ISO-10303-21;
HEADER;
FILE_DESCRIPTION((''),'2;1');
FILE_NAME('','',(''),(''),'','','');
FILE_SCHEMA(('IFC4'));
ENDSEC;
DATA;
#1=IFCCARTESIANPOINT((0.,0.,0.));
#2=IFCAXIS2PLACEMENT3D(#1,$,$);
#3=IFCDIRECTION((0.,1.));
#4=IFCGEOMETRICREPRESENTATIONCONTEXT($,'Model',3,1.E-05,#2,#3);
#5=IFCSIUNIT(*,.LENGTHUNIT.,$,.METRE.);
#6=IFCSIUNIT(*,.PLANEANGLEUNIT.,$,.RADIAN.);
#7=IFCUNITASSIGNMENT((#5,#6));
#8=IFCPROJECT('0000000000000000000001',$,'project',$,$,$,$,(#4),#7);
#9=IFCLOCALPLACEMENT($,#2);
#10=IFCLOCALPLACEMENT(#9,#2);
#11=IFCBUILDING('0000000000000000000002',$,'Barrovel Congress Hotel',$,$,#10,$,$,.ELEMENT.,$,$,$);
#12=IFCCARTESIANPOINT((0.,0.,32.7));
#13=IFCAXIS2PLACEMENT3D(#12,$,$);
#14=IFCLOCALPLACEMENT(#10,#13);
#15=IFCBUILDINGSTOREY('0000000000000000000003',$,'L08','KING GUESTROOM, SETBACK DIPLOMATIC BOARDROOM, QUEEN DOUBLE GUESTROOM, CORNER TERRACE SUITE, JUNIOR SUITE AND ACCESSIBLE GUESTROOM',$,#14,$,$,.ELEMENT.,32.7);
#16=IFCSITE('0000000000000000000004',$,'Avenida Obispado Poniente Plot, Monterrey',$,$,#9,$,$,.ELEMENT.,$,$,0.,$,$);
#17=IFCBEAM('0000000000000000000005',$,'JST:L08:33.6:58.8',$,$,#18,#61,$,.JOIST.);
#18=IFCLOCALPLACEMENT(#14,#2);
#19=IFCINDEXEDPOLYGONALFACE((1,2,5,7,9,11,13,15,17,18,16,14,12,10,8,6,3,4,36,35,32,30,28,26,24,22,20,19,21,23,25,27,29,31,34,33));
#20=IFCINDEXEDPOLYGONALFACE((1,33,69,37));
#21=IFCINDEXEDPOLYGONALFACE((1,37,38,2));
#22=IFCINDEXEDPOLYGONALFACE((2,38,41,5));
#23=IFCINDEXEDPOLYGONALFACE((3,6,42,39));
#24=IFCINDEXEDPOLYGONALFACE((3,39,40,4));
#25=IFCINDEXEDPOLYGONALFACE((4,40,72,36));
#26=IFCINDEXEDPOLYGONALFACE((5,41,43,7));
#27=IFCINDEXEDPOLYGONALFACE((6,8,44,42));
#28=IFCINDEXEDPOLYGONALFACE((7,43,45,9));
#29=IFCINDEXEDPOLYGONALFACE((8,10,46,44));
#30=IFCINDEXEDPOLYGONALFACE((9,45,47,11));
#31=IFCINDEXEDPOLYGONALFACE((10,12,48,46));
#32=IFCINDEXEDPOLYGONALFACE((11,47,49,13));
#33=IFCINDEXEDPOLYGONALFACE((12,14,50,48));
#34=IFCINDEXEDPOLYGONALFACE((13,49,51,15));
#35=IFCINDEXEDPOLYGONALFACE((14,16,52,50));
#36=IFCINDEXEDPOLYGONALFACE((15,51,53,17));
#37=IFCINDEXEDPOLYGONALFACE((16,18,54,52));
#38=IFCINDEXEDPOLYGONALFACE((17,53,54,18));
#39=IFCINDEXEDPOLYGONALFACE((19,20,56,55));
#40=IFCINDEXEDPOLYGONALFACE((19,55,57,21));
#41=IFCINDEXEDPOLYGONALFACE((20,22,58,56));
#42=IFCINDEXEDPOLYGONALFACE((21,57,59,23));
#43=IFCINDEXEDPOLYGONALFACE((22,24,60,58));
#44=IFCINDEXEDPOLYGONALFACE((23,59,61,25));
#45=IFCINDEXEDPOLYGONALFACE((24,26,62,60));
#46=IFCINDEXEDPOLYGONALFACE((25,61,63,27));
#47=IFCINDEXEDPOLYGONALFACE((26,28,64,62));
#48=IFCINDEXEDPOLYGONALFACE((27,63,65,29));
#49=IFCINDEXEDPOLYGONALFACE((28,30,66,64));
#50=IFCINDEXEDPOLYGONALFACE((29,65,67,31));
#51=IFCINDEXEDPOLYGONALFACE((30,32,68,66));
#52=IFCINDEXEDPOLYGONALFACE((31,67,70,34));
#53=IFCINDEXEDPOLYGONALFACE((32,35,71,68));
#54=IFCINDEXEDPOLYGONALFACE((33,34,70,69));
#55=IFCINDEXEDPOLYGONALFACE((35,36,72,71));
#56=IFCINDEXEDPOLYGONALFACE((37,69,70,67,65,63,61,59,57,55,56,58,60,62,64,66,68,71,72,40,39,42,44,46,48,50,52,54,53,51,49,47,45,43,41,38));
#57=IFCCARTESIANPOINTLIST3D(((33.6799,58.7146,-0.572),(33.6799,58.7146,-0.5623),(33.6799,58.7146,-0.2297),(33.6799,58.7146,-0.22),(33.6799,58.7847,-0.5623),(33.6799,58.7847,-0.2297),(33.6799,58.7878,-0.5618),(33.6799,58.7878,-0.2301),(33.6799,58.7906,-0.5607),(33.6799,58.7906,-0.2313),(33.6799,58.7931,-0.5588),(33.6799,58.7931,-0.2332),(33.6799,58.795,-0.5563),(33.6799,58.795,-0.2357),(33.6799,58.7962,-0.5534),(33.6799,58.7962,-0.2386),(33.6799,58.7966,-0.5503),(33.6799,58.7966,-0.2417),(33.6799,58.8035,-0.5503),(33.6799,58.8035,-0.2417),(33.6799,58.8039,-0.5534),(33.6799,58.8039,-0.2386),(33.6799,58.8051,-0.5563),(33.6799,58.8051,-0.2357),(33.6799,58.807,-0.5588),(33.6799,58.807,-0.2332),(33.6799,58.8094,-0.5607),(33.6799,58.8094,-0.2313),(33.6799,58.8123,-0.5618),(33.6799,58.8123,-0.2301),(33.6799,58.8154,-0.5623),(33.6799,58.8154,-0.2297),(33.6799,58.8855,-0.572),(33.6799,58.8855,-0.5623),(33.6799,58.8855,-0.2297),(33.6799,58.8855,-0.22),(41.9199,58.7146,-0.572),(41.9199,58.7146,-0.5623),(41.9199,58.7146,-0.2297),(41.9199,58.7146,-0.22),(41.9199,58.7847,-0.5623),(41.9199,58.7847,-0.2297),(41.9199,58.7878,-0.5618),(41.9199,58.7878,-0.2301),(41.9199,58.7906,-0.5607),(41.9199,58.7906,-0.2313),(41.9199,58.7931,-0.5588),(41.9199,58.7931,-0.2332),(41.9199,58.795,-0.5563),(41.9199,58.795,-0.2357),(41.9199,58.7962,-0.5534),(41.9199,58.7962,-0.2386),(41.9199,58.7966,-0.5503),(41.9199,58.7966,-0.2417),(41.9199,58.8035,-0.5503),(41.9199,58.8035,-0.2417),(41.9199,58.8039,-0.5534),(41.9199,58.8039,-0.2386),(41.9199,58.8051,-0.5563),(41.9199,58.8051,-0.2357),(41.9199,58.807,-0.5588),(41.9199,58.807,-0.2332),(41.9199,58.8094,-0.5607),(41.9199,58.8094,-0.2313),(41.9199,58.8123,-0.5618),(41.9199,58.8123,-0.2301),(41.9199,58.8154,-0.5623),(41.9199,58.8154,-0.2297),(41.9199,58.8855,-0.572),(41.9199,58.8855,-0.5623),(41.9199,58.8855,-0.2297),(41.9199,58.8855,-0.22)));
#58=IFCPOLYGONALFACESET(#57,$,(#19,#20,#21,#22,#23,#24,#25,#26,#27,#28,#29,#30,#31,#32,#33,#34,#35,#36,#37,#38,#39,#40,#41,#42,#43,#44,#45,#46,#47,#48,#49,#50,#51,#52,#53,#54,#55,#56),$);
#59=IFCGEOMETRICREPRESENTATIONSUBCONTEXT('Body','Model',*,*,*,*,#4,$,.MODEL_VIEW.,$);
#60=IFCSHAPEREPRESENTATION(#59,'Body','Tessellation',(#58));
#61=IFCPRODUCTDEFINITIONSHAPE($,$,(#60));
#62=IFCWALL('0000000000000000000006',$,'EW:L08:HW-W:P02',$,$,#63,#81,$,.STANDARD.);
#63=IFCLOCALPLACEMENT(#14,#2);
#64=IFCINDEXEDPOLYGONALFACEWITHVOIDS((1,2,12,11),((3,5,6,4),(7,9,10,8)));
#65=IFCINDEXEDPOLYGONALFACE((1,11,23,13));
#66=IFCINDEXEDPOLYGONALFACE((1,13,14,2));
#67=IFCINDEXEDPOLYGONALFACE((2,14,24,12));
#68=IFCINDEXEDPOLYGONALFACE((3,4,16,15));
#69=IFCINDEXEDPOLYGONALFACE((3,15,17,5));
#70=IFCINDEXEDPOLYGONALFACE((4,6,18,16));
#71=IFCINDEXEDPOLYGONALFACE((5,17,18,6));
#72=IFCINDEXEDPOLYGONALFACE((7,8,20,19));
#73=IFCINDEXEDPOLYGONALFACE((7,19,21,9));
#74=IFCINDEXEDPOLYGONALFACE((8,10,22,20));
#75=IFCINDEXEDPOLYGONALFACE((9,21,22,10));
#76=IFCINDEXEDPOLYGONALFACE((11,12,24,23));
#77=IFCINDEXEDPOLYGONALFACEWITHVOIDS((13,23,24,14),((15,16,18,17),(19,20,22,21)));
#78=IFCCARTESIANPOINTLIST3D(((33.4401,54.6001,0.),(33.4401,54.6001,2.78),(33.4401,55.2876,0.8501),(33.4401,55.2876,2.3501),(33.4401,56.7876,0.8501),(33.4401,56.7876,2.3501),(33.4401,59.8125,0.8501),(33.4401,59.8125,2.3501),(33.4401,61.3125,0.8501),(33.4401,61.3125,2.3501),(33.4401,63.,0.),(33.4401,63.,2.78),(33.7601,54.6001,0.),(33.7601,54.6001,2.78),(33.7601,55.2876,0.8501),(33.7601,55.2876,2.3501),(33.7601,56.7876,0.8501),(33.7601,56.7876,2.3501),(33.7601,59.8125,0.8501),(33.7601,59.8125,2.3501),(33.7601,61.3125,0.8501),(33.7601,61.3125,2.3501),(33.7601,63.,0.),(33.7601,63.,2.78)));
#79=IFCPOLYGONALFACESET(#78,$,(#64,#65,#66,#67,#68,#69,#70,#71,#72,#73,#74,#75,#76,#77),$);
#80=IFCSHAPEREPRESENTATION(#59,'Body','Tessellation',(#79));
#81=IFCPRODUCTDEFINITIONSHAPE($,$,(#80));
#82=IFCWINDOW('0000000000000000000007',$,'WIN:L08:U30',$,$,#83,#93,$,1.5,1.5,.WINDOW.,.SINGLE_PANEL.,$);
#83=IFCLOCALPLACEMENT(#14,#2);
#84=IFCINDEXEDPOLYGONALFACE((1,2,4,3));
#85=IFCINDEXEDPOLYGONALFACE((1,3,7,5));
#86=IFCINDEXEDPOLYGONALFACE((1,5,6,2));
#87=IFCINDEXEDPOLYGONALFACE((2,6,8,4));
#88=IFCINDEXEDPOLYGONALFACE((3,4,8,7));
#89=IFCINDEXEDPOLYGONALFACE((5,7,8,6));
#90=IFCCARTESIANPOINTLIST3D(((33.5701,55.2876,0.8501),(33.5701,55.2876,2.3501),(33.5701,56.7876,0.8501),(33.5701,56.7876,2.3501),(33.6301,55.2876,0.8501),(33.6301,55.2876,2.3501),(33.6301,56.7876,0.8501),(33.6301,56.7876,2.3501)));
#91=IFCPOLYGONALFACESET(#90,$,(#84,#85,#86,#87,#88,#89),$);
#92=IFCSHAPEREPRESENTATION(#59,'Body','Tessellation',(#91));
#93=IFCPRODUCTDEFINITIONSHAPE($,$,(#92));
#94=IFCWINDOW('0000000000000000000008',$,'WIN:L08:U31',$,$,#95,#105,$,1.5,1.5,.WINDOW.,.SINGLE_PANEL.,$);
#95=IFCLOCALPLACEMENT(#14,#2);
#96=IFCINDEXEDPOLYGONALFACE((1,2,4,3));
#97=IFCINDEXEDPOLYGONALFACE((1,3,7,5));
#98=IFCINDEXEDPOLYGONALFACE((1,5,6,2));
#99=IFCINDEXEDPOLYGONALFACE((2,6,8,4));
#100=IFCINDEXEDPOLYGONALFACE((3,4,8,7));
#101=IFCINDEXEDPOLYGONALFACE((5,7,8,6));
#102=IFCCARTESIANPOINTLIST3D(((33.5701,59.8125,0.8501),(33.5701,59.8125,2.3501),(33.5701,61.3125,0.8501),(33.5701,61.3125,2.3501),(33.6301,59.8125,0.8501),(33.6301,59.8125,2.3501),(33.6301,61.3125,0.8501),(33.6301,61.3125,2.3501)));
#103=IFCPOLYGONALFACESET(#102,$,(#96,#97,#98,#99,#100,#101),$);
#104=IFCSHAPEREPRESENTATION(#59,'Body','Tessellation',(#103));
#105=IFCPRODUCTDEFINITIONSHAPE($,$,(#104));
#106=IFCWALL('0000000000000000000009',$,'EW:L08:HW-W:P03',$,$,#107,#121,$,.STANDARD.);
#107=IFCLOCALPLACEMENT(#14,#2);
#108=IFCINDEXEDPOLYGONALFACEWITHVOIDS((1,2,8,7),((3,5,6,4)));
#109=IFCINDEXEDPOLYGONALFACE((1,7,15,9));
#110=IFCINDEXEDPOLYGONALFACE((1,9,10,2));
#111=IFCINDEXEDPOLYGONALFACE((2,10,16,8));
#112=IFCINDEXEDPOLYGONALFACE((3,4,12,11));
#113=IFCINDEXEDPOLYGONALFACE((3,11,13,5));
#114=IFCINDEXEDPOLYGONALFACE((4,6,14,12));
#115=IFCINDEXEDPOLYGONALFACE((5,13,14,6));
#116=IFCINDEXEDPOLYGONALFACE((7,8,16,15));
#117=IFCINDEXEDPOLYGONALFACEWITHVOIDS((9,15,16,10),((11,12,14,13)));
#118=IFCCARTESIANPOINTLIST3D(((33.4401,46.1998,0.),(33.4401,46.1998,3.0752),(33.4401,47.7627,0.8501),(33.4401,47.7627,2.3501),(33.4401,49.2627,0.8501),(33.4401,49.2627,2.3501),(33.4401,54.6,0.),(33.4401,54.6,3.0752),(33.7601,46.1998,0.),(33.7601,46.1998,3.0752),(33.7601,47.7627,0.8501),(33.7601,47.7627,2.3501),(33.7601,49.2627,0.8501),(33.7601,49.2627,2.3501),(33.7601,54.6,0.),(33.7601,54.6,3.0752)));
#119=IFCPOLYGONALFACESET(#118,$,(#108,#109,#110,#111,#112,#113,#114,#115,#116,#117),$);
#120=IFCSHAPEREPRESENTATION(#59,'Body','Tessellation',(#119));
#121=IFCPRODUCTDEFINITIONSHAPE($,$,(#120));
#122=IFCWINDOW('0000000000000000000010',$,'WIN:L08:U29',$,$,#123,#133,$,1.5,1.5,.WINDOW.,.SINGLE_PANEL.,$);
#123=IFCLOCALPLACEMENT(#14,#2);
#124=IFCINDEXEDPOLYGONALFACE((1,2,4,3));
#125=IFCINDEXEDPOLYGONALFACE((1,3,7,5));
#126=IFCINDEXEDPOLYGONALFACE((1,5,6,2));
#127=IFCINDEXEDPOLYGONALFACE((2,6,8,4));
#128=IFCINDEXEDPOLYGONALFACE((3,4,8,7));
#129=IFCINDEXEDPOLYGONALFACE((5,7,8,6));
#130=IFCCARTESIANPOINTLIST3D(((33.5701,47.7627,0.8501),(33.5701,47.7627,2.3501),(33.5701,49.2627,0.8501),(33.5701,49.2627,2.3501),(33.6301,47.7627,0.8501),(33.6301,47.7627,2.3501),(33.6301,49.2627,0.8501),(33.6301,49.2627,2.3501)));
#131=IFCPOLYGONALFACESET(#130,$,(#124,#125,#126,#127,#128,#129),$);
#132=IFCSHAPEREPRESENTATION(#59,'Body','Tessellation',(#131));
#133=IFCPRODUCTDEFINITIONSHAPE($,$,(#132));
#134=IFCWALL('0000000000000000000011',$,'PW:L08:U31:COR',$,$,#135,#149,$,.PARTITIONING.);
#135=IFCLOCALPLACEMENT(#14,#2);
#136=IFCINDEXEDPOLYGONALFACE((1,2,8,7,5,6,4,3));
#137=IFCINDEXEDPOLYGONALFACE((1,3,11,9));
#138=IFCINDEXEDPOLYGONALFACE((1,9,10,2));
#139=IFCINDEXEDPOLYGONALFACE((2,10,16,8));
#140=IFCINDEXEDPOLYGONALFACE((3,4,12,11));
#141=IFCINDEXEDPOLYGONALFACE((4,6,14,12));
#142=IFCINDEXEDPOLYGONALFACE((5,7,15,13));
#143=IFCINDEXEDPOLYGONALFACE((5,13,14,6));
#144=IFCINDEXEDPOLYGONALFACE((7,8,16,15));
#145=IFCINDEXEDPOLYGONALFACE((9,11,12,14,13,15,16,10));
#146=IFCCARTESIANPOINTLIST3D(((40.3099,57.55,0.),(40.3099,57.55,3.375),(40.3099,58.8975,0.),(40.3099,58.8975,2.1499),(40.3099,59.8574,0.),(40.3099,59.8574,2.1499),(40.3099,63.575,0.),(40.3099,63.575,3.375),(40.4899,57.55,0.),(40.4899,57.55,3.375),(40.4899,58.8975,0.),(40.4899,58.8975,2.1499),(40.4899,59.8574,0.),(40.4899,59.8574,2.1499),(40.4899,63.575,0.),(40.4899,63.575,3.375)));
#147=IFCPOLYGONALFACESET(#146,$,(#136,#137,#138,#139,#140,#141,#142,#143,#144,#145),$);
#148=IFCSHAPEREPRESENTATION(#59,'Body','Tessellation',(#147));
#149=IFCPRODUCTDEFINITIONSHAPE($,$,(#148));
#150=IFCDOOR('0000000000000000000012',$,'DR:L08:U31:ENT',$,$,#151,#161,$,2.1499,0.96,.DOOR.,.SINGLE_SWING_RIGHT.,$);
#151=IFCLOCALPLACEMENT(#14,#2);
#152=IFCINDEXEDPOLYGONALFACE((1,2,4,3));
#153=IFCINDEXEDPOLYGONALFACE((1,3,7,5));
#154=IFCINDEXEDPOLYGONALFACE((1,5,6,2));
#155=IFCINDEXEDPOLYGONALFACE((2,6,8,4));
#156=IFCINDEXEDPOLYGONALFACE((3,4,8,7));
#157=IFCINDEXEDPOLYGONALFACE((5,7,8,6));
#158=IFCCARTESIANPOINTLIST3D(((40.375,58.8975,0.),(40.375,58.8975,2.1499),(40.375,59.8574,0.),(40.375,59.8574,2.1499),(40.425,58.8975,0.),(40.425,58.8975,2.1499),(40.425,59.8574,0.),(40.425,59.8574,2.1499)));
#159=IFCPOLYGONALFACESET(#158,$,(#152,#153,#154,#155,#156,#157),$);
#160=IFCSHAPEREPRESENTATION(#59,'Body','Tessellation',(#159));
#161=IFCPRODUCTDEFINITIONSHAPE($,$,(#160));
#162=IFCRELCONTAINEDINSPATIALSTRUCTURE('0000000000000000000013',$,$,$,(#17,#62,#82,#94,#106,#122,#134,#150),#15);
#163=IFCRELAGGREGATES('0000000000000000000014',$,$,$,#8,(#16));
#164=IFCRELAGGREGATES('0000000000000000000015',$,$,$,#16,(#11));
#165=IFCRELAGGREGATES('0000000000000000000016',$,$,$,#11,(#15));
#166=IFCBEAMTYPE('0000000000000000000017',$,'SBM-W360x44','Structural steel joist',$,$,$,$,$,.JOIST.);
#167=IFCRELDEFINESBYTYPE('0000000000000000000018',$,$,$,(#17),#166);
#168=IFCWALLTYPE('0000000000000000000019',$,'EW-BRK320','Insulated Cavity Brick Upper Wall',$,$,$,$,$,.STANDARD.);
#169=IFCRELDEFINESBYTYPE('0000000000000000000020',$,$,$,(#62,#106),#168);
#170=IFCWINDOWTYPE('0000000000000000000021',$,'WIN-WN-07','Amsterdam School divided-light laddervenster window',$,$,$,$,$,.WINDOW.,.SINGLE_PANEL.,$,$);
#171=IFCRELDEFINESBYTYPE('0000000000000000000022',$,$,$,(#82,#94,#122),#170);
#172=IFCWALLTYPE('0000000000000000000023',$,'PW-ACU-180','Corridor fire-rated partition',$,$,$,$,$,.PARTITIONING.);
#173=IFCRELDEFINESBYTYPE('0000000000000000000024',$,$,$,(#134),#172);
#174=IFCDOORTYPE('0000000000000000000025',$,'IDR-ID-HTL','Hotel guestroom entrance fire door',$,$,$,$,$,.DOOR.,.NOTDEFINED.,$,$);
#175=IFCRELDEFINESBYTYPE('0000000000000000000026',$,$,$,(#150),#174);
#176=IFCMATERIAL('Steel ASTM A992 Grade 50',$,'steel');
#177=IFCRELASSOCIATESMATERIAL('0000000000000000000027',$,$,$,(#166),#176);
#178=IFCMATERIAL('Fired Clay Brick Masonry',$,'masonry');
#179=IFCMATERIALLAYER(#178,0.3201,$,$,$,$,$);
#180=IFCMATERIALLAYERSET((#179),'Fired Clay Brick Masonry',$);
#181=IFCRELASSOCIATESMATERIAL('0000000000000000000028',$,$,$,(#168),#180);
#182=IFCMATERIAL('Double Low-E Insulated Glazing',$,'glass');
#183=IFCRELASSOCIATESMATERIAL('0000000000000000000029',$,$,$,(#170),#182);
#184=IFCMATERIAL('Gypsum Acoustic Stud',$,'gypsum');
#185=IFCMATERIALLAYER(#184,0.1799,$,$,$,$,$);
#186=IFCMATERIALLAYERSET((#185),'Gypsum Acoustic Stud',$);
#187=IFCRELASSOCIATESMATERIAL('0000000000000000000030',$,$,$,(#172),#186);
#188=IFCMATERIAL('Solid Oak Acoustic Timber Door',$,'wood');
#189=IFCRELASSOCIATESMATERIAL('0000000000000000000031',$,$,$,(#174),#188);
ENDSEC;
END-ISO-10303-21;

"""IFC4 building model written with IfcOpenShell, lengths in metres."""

from ifc_helpers import new_model, si_unit, direction, frame, frame_2d, origin, origin_2d, place, context, subcontext, project, spatial, rectangle, i_section, extrude, material, layer, layer_set, material_profile, profile_set, type_object, element, fill, save


model = new_model("IFC4")

# Units and contexts
model_context = context("Model", 3, precision=1e-05, world=origin(), true_north=direction((0.0, 1.0)))
body_context = subcontext(model_context, "Body", "Model", "MODEL_VIEW")
ifc_project = project(units=[si_unit("LENGTHUNIT", "METRE"), si_unit("PLANEANGLEUNIT", "RADIAN")], contexts=[model_context])

# Site, building, storey
site_placement = place(None, origin())
site = spatial("IfcSite", under=ifc_project, at=site_placement, Name="Avenida Obispado Poniente Plot, Monterrey", CompositionType="ELEMENT", RefElevation=0.0)
building_placement = place(site_placement, origin())
building = spatial("IfcBuilding", under=site, at=building_placement, Name="Barrovel Congress Hotel", CompositionType="ELEMENT")
storey_placement = place(building_placement, frame((0.0, 0.0, 32.7)))
storey = spatial("IfcBuildingStorey", under=building, at=storey_placement, Name="L08", Description="KING GUESTROOM, SETBACK DIPLOMATIC BOARDROOM, QUEEN DOUBLE GUESTROOM, CORNER TERRACE SUITE, JUNIOR SUITE AND ACCESSIBLE GUESTROOM", CompositionType="ELEMENT", Elevation=32.7)

# Beam
ifc_material_1 = material(Name="Steel ASTM A992 Grade 50", Category="steel")
ifc_material_profile_1 = material_profile(ifc_material_1, i_section(OverallWidth=0.1709, OverallDepth=0.3521, WebThickness=0.0068, FlangeThickness=0.0098, FilletRadius=0.012, at=origin_2d()), Name="W360x44")
ifc_profile_set_1 = profile_set([ifc_material_profile_1], Name="Steel ASTM A992 Grade 50")
beam_type_1 = type_object("IfcBeamType", Name="SBM-W360x44", Description="Structural steel joist", PredefinedType="JOIST", material=ifc_profile_set_1)
beam_1_placement = place(storey_placement, frame((33.6799, 58.8, -0.396), z_axis=(1.0, 0.0, 0.0), x_axis=(0.0, 1.0, 0.0)))
element("IfcBeam", 1, at=beam_1_placement, inside=storey, type_object=beam_type_1, Name="JST:L08:33.6:58.8", PredefinedType="JOIST", context=body_context, shape_type="SweptSolid", body=[
    extrude(i_section(OverallWidth=0.1709, OverallDepth=0.3521, WebThickness=0.0068, FlangeThickness=0.0098, FilletRadius=0.012, at=origin_2d()), origin(), (0.0, 0.0, 1.0), 8.24),
])

# Wall, openings, windows
ifc_material_2 = material(Name="Fired Clay Brick Masonry", Category="masonry")
ifc_layer_1 = layer(ifc_material_2, 0.3201)
ifc_layer_set_1 = layer_set([ifc_layer_1], Name="Fired Clay Brick Masonry")
wall_type_1 = type_object("IfcWallType", Name="EW-BRK320", Description="Insulated Cavity Brick Upper Wall", PredefinedType="STANDARD", material=ifc_layer_set_1)
wall_1_placement = place(storey_placement, frame((33.6001, 63.0, 0.0), z_axis=(0.0, 0.0, 1.0), x_axis=(0.0, -1.0, 0.0)))
wall_1 = element("IfcWall", 2, at=wall_1_placement, inside=storey, type_object=wall_type_1, Name="EW:L08:HW-W:P02", PredefinedType="STANDARD", context=body_context, shape_type="SweptSolid", body=[
    extrude(rectangle(XDim=8.3999, YDim=0.3201, at=frame_2d((4.2, 0.0))), origin(), (0.0, 0.0, 1.0), 2.78),
])
opening_1_placement = place(wall_1_placement, frame((6.2124, 0.0, 0.8501)))
opening_1 = element("IfcOpeningElement", 3, at=opening_1_placement, cuts=wall_1, PredefinedType="OPENING", context=body_context, shape_type="SweptSolid", body=[
    extrude(rectangle(XDim=1.5, YDim=1.5, at=frame_2d((0.75, 0.75))), frame((0.0, 0.1699, 0.0), z_axis=(0.0, -1.0, 0.0), x_axis=(1.0, 0.0, 0.0)), (0.0, 0.0, 1.0), 0.3401),
])
opening_2_placement = place(wall_1_placement, frame((1.6875, 0.0, 0.8501)))
opening_2 = element("IfcOpeningElement", 4, at=opening_2_placement, cuts=wall_1, PredefinedType="OPENING", context=body_context, shape_type="SweptSolid", body=[
    extrude(rectangle(XDim=1.5, YDim=1.5, at=frame_2d((0.75, 0.75))), frame((0.0, 0.1699, 0.0), z_axis=(0.0, -1.0, 0.0), x_axis=(1.0, 0.0, 0.0)), (0.0, 0.0, 1.0), 0.3401),
])
ifc_material_3 = material(Name="Double Low-E Insulated Glazing", Category="glass")
window_type = type_object("IfcWindowType", Name="WIN-WN-07", Description="Amsterdam School divided-light laddervenster window", PartitioningType="SINGLE_PANEL", PredefinedType="WINDOW", material=ifc_material_3)
window_1_placement = place(opening_1_placement, origin())
window_1 = element("IfcWindow", 5, at=window_1_placement, inside=storey, type_object=window_type, Name="WIN:L08:U30", OverallHeight=1.5, OverallWidth=1.5, PartitioningType="SINGLE_PANEL", PredefinedType="WINDOW", context=body_context, shape_type="SweptSolid", body=[
    extrude(rectangle(XDim=1.5, YDim=1.5, at=frame_2d((0.75, 0.75))), frame((0.0, 0.03, 0.0), z_axis=(0.0, -1.0, 0.0), x_axis=(1.0, 0.0, 0.0)), (0.0, 0.0, 1.0), 0.0601),
])
fill(opening_1, window_1)
window_2_placement = place(opening_2_placement, origin())
window_2 = element("IfcWindow", 6, at=window_2_placement, inside=storey, type_object=window_type, Name="WIN:L08:U31", OverallHeight=1.5, OverallWidth=1.5, PartitioningType="SINGLE_PANEL", PredefinedType="WINDOW", context=body_context, shape_type="SweptSolid", body=[
    extrude(rectangle(XDim=1.5, YDim=1.5, at=frame_2d((0.75, 0.75))), frame((0.0, 0.03, 0.0), z_axis=(0.0, -1.0, 0.0), x_axis=(1.0, 0.0, 0.0)), (0.0, 0.0, 1.0), 0.0601),
])
fill(opening_2, window_2)

# Wall, opening, window
wall_2_placement = place(storey_placement, frame((33.6001, 54.6001, 0.0), z_axis=(0.0, 0.0, 1.0), x_axis=(0.0, -1.0, 0.0)))
wall_2 = element("IfcWall", 7, at=wall_2_placement, inside=storey, type_object=wall_type_1, Name="EW:L08:HW-W:P03", PredefinedType="STANDARD", context=body_context, shape_type="SweptSolid", body=[
    extrude(rectangle(XDim=8.4001, YDim=0.3201, at=frame_2d((4.2002, 0.0))), origin(), (0.0, 0.0, 1.0), 3.0752),
])
opening_3_placement = place(wall_2_placement, frame((5.3374, 0.0, 0.8501)))
opening_3 = element("IfcOpeningElement", 8, at=opening_3_placement, cuts=wall_2, PredefinedType="OPENING", context=body_context, shape_type="SweptSolid", body=[
    extrude(rectangle(XDim=1.5, YDim=1.5, at=frame_2d((0.75, 0.75))), frame((0.0, 0.1699, 0.0), z_axis=(0.0, -1.0, 0.0), x_axis=(1.0, 0.0, 0.0)), (0.0, 0.0, 1.0), 0.3401),
])
window_3_placement = place(opening_3_placement, origin())
window_3 = element("IfcWindow", 9, at=window_3_placement, inside=storey, type_object=window_type, Name="WIN:L08:U29", OverallHeight=1.5, OverallWidth=1.5, PartitioningType="SINGLE_PANEL", PredefinedType="WINDOW", context=body_context, shape_type="SweptSolid", body=[
    extrude(rectangle(XDim=1.5, YDim=1.5, at=frame_2d((0.75, 0.75))), frame((0.0, 0.03, 0.0), z_axis=(0.0, -1.0, 0.0), x_axis=(1.0, 0.0, 0.0)), (0.0, 0.0, 1.0), 0.0601),
])
fill(opening_3, window_3)

# Wall, opening, door
ifc_material_4 = material(Name="Gypsum Acoustic Stud", Category="gypsum")
ifc_layer_2 = layer(ifc_material_4, 0.1799)
ifc_layer_set_2 = layer_set([ifc_layer_2], Name="Gypsum Acoustic Stud")
wall_type_2 = type_object("IfcWallType", Name="PW-ACU-180", Description="Corridor fire-rated partition", PredefinedType="PARTITIONING", material=ifc_layer_set_2)
wall_3_placement = place(storey_placement, frame((40.3999, 57.55, 0.0), z_axis=(0.0, 0.0, 1.0), x_axis=(0.0, 1.0, 0.0)))
wall_3 = element("IfcWall", 10, at=wall_3_placement, inside=storey, type_object=wall_type_2, Name="PW:L08:U31:COR", PredefinedType="PARTITIONING", context=body_context, shape_type="SweptSolid", body=[
    extrude(rectangle(XDim=6.0249, YDim=0.1799, at=frame_2d((3.0125, 0.0))), origin(), (0.0, 0.0, 1.0), 3.375),
])
opening_4_placement = place(wall_3_placement, frame((1.3474, 0.0, 0.0)))
opening_4 = element("IfcOpeningElement", 11, at=opening_4_placement, cuts=wall_3, PredefinedType="OPENING", context=body_context, shape_type="SweptSolid", body=[
    extrude(rectangle(XDim=0.96, YDim=2.1499, at=frame_2d((0.48, 1.075))), frame((0.0, 0.1001, 0.0), z_axis=(0.0, -1.0, 0.0), x_axis=(1.0, 0.0, 0.0)), (0.0, 0.0, 1.0), 0.2),
])
ifc_material_5 = material(Name="Solid Oak Acoustic Timber Door", Category="wood")
door_type_1 = type_object("IfcDoorType", Name="IDR-ID-HTL", Description="Hotel guestroom entrance fire door", OperationType="NOTDEFINED", PredefinedType="DOOR", material=ifc_material_5)
door_1_placement = place(opening_4_placement, origin())
door_1 = element("IfcDoor", 12, at=door_1_placement, inside=storey, type_object=door_type_1, Name="DR:L08:U31:ENT", OperationType="SINGLE_SWING_RIGHT", OverallHeight=2.1499, OverallWidth=0.96, PredefinedType="DOOR", context=body_context, shape_type="SweptSolid", body=[
    extrude(rectangle(XDim=0.96, YDim=2.1499, at=frame_2d((0.48, 1.075))), frame((0.0, 0.0249, 0.0), z_axis=(0.0, -1.0, 0.0), x_axis=(1.0, 0.0, 0.0)), (0.0, 0.0, 1.0), 0.05),
])
fill(opening_4, door_1)

save(model, "model.ifc")
